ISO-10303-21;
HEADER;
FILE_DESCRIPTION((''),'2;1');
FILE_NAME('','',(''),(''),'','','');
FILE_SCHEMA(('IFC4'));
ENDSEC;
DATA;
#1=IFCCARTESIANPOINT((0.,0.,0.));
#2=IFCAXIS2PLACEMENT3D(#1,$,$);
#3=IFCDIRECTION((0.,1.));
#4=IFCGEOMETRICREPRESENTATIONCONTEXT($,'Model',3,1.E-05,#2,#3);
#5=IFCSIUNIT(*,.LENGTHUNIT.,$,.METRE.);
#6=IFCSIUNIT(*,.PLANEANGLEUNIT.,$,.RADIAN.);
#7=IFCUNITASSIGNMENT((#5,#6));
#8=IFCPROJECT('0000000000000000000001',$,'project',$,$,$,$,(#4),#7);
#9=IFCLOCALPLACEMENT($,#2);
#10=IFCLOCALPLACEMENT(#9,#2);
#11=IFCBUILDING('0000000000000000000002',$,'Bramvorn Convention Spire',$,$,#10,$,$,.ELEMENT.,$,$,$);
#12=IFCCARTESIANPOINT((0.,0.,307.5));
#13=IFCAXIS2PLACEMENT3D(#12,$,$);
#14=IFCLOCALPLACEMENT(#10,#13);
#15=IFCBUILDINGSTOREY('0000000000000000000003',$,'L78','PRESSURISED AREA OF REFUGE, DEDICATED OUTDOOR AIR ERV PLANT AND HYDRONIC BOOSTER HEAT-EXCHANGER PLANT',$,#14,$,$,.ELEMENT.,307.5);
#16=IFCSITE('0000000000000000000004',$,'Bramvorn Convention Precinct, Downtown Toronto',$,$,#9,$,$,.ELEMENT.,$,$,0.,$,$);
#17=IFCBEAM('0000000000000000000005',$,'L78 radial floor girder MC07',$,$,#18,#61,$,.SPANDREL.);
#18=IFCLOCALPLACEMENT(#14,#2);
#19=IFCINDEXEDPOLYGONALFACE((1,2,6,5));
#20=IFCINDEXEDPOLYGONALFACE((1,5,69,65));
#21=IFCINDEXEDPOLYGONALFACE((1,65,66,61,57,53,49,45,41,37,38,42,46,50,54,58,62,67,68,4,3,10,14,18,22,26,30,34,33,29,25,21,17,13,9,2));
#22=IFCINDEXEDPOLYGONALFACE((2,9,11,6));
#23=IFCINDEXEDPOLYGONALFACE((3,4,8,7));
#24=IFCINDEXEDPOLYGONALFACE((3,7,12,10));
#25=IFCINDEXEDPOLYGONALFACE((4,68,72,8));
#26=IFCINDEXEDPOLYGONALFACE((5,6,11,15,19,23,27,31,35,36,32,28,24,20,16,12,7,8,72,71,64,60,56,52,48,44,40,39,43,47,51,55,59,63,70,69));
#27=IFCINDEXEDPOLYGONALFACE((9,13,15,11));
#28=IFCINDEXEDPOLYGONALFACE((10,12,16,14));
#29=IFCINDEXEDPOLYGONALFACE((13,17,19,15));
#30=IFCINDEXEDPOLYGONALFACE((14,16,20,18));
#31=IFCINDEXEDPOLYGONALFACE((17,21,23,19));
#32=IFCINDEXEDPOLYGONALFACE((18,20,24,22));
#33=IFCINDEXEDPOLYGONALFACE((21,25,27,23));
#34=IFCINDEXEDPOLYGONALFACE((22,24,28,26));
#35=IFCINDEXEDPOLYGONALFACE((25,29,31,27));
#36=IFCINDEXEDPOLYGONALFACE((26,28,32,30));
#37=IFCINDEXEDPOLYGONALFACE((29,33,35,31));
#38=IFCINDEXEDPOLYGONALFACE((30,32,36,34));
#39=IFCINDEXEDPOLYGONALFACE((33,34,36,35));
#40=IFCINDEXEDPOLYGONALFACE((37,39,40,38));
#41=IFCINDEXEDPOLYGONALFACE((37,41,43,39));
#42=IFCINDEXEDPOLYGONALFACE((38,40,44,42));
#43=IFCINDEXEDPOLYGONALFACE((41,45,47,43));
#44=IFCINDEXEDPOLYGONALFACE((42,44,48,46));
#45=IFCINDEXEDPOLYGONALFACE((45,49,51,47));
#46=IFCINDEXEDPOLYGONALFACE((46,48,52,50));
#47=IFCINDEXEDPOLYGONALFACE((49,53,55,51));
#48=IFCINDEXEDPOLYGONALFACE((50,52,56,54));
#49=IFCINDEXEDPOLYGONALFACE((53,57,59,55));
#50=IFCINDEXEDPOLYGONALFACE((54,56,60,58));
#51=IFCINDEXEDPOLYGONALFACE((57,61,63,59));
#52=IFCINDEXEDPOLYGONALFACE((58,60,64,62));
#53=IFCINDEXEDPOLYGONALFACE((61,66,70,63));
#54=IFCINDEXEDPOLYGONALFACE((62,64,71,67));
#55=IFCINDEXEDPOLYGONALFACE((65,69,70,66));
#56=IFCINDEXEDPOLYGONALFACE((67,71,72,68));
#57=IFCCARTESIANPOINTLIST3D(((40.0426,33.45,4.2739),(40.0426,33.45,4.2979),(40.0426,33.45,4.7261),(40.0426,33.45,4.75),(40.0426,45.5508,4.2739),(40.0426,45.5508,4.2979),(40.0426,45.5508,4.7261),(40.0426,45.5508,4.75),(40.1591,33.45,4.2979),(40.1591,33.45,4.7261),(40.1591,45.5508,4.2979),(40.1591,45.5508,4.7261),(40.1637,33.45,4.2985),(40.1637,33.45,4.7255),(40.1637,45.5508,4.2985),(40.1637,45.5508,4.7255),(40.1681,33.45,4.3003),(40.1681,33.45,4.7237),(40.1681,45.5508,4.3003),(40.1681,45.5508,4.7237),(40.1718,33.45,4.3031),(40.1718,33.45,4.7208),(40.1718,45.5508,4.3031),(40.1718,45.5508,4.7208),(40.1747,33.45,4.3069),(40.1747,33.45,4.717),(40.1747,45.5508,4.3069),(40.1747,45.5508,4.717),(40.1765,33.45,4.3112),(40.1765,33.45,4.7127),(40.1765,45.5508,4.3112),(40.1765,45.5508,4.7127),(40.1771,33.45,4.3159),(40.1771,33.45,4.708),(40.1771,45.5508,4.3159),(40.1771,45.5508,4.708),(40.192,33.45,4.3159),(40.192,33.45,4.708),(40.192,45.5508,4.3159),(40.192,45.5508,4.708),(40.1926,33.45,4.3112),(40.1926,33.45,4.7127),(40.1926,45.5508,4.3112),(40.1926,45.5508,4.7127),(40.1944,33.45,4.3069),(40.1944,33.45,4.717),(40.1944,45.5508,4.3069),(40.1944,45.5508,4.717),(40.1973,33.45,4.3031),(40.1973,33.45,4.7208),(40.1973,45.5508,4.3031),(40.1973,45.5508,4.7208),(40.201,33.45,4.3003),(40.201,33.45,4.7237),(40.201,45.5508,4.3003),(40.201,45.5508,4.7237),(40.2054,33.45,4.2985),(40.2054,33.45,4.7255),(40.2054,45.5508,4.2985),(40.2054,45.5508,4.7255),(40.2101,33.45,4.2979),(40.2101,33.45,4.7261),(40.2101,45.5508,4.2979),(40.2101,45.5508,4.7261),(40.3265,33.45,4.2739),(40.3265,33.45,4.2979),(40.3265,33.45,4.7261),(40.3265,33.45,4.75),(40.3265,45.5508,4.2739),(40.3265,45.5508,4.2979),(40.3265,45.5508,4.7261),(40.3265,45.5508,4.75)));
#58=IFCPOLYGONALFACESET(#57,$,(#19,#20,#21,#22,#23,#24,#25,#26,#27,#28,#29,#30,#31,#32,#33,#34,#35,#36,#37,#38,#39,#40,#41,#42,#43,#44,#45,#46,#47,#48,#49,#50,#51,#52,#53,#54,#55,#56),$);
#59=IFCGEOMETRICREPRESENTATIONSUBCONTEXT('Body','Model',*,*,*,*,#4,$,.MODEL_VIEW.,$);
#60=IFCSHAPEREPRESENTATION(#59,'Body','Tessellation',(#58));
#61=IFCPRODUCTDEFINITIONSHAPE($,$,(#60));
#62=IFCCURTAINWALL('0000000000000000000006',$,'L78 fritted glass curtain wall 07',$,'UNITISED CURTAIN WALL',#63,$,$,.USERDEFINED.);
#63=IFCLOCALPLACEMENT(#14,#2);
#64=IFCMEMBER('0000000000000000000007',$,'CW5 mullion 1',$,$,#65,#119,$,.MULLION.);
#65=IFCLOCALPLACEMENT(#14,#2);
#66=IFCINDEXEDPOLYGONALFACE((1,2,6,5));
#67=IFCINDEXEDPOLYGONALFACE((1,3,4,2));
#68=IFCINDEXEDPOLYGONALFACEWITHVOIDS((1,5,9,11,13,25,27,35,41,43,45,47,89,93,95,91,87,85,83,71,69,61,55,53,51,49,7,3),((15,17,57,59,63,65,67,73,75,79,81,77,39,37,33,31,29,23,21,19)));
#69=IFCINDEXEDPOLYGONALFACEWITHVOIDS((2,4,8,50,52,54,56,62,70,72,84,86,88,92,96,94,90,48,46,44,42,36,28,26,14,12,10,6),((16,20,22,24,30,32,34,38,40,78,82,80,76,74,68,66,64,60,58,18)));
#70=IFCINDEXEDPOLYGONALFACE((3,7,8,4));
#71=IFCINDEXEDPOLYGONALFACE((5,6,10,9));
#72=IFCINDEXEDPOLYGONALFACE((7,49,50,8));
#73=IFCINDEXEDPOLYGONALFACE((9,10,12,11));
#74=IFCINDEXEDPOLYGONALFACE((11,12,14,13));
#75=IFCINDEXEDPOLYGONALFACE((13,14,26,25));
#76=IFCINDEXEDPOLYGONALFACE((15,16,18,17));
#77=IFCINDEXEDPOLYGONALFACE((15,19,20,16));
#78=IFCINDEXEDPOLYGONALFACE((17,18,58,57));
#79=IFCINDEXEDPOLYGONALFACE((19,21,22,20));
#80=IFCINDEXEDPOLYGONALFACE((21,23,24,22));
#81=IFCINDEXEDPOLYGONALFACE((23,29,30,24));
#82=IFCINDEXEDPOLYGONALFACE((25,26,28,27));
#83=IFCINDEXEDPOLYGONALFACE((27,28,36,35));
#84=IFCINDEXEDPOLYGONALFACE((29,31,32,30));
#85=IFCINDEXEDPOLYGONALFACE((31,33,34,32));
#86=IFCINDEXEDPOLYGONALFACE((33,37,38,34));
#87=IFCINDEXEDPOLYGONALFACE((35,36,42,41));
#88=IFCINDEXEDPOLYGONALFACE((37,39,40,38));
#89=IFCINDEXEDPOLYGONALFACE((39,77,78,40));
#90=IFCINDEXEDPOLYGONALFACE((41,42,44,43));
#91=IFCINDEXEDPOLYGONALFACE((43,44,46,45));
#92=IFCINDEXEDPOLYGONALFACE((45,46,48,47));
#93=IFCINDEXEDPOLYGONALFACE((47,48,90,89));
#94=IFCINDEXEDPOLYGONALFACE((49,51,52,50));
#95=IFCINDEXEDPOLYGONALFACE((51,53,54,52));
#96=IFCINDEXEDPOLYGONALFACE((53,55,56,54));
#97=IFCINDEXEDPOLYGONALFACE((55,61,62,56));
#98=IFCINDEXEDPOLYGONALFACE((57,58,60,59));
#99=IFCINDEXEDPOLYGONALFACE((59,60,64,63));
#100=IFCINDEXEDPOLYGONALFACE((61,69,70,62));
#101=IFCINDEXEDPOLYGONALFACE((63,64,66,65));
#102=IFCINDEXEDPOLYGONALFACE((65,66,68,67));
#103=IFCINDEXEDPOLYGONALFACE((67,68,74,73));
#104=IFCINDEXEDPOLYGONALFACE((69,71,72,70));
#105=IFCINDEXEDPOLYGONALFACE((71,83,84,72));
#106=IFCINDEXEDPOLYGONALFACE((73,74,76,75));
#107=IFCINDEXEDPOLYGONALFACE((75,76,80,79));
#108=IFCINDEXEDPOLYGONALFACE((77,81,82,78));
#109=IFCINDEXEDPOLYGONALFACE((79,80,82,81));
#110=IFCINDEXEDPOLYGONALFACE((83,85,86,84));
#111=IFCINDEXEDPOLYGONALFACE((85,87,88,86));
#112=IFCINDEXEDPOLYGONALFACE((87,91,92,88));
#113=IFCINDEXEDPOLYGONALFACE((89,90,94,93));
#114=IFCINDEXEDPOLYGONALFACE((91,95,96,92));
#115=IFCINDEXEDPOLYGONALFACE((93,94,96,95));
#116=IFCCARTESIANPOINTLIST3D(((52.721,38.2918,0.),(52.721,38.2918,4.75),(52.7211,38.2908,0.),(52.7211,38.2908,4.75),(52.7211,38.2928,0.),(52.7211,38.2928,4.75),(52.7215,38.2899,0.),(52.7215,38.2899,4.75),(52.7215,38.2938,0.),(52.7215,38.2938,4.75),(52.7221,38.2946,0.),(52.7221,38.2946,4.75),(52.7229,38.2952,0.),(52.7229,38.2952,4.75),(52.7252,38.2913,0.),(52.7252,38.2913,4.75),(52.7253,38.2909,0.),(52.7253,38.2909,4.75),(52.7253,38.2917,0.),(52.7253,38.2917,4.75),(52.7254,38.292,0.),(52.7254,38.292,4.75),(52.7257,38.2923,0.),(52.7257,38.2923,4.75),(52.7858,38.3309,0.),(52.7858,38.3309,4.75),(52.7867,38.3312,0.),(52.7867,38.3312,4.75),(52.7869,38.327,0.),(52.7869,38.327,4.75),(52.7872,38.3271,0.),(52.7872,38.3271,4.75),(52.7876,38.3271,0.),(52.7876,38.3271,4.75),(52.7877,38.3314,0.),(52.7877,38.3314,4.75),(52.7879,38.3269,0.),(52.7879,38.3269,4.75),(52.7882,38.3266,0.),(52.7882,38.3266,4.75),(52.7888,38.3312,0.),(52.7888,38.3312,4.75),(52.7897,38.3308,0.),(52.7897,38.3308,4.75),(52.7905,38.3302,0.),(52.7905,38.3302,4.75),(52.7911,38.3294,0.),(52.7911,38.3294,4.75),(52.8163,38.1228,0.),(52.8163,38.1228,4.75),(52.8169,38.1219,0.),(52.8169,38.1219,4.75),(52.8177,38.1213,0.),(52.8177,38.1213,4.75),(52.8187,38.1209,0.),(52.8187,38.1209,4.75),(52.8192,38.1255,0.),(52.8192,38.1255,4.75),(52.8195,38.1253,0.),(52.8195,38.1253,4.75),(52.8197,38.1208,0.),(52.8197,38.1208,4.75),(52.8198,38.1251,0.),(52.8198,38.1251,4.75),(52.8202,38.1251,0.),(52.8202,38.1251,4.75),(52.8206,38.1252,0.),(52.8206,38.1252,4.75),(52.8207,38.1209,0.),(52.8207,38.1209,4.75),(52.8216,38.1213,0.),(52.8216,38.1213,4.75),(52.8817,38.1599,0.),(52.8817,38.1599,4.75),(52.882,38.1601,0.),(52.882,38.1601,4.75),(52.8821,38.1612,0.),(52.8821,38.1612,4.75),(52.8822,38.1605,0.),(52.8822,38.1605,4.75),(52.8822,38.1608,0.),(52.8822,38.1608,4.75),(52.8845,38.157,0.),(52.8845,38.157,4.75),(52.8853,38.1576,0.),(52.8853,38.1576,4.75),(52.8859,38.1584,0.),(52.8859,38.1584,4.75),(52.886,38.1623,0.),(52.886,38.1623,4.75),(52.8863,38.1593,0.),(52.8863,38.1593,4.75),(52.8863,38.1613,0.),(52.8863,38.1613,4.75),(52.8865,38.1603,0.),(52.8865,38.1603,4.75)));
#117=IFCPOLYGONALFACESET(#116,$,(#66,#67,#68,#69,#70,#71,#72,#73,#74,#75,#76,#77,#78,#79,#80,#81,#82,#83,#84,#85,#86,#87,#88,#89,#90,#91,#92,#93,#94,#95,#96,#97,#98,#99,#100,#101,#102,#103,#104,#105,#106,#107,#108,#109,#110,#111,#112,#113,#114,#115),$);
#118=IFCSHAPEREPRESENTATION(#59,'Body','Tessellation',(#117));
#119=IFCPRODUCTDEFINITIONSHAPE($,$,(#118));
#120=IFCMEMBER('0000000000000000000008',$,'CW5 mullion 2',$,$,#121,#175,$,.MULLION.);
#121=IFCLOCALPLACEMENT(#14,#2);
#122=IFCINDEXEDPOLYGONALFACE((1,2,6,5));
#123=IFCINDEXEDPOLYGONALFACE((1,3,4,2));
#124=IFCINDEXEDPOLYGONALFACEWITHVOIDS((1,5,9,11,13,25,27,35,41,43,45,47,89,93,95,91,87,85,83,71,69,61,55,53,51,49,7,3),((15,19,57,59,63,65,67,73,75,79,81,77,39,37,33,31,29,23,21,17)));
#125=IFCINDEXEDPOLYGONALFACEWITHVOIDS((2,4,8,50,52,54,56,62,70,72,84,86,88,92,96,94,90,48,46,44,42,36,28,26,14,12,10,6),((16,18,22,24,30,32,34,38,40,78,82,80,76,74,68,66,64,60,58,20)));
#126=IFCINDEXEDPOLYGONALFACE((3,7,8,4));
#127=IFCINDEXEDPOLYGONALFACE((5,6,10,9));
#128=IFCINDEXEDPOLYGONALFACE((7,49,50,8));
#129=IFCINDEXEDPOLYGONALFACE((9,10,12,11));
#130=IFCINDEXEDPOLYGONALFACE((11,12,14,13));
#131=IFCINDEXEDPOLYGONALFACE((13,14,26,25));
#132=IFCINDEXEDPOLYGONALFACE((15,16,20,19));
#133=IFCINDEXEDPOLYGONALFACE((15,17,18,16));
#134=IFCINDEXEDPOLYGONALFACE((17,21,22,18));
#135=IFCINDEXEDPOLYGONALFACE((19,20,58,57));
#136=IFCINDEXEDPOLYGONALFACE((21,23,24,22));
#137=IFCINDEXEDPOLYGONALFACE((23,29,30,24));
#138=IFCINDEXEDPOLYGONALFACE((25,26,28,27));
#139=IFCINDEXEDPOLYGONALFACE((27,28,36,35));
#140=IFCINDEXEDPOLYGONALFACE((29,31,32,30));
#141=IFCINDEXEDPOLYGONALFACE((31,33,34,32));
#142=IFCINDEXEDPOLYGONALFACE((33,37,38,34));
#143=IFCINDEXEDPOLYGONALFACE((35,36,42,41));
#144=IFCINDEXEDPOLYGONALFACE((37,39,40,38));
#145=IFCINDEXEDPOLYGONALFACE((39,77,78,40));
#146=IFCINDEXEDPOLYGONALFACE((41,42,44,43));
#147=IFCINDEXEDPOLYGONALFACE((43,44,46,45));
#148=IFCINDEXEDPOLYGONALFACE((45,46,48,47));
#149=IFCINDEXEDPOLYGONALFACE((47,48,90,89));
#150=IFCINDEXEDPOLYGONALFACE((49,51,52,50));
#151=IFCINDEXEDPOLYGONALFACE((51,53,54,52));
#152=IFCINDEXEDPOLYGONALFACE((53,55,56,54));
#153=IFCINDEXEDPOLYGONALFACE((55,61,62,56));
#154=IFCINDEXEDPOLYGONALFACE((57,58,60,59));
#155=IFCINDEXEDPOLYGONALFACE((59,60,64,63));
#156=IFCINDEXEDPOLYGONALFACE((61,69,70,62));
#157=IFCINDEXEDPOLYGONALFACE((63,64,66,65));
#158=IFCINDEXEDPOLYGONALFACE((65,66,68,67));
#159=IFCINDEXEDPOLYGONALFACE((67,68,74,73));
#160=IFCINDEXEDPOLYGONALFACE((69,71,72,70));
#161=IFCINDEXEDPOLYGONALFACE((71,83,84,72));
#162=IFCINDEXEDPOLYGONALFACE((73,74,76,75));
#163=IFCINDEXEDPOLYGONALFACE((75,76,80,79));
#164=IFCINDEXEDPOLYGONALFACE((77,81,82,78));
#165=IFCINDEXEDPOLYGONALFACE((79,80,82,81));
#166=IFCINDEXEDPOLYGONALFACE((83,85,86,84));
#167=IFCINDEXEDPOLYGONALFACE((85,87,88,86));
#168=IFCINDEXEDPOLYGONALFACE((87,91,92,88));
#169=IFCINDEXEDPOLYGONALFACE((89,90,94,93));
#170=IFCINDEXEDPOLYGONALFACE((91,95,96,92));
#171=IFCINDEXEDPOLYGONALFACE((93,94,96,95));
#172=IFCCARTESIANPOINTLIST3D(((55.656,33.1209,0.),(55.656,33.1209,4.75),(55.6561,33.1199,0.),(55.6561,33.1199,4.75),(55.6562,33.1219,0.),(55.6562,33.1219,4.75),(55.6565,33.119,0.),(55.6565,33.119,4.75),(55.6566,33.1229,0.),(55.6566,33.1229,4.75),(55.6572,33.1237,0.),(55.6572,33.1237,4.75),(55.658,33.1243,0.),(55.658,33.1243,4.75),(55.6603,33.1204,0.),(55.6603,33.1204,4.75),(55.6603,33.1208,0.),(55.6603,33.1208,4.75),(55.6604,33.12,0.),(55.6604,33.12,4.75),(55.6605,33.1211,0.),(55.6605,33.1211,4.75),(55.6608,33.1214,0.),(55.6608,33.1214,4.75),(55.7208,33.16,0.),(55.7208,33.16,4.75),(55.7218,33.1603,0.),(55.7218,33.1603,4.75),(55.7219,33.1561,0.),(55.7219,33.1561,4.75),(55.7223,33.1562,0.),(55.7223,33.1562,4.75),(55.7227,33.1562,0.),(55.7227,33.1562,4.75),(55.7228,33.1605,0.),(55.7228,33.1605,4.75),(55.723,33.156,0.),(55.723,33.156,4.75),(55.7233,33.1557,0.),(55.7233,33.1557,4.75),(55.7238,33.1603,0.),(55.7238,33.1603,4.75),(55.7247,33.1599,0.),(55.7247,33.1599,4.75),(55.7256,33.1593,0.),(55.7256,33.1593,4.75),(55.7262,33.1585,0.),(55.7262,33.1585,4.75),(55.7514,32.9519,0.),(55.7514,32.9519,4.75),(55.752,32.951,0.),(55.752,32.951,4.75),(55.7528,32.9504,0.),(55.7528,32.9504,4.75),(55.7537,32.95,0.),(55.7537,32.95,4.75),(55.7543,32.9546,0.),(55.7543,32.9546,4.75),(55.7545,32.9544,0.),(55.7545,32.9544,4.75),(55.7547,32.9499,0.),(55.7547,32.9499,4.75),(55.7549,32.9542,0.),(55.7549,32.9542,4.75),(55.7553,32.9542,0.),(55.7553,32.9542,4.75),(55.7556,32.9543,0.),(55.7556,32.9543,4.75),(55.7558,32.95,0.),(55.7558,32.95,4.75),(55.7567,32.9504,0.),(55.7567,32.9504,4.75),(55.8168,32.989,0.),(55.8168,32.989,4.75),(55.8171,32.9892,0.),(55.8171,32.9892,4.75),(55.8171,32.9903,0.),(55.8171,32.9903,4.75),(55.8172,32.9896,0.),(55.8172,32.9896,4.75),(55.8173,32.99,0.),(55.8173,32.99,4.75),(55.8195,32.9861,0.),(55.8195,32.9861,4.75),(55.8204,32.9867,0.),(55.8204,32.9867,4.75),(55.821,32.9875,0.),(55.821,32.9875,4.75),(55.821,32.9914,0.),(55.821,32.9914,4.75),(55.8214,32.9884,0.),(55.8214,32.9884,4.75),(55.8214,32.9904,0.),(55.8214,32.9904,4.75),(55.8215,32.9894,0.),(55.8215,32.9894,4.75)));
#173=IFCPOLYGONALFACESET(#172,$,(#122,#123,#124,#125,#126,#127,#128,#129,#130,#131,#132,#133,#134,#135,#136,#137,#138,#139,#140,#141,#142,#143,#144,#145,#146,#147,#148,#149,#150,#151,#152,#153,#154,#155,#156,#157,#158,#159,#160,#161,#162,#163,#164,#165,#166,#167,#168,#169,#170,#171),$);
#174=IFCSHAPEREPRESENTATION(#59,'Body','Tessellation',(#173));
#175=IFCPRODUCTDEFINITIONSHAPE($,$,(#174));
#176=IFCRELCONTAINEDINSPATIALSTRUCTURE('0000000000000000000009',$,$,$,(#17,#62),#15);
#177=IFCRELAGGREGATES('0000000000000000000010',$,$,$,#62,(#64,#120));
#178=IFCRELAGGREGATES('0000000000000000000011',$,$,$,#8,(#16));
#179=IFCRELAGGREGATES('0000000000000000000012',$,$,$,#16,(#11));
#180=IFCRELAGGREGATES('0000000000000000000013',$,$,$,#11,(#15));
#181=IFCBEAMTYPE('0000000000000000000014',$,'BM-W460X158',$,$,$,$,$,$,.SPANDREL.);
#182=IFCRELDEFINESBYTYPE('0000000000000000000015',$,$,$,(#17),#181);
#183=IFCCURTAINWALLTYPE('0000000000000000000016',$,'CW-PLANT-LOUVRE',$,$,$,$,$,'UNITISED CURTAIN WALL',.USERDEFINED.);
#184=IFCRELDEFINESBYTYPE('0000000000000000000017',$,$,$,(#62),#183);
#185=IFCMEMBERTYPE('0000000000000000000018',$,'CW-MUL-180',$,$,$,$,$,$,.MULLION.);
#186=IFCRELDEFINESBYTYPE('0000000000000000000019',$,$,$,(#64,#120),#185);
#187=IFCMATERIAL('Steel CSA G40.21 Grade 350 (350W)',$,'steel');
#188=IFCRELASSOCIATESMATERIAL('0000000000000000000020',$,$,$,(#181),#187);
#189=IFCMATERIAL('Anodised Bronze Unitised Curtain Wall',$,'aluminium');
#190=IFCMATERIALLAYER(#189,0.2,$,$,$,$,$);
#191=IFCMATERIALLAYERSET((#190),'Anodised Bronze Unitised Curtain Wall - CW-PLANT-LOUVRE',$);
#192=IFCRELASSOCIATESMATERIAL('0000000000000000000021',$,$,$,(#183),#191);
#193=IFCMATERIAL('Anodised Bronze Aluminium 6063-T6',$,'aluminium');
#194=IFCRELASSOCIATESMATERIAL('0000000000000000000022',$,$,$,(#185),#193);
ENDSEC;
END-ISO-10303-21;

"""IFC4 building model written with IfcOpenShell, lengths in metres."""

from ifc_helpers import new_model, si_unit, direction, frame, origin, origin_2d, place, context, subcontext, project, spatial, hollow_rectangle, i_section, extrude, material, layer, layer_set, material_profile, profile_set, type_object, element, aggregate, save


model = new_model("IFC4")

# Units and contexts
model_context = context("Model", 3, precision=1e-05, world=origin(), true_north=direction((0.0, 1.0)))
body_context = subcontext(model_context, "Body", "Model", "MODEL_VIEW")
ifc_project = project(units=[si_unit("LENGTHUNIT", "METRE"), si_unit("PLANEANGLEUNIT", "RADIAN")], contexts=[model_context])

# Site, building, storey
site_placement = place(None, origin())
site = spatial("IfcSite", under=ifc_project, at=site_placement, Name="Bramvorn Convention Precinct, Downtown Toronto", CompositionType="ELEMENT", RefElevation=0.0)
building_placement = place(site_placement, origin())
building = spatial("IfcBuilding", under=site, at=building_placement, Name="Bramvorn Convention Spire", CompositionType="ELEMENT")
storey_placement = place(building_placement, frame((0.0, 0.0, 307.5)))
storey = spatial("IfcBuildingStorey", under=building, at=storey_placement, Name="L78", Description="PRESSURISED AREA OF REFUGE, DEDICATED OUTDOOR AIR ERV PLANT AND HYDRONIC BOOSTER HEAT-EXCHANGER PLANT", CompositionType="ELEMENT", Elevation=307.5)

# Shared definitions
ifc_material_1 = material(Name="Steel CSA G40.21 Grade 350 (350W)", Category="steel")

# Beam
ifc_material_profile_1 = material_profile(ifc_material_1, i_section(OverallWidth=0.2839, OverallDepth=0.4761, WebThickness=0.0149, FlangeThickness=0.0239, FilletRadius=0.0181, at=origin_2d()))
ifc_profile_set_1 = profile_set([ifc_material_profile_1], Name="Steel CSA G40.21 Grade 350 (350W) - W460X158")
beam_type_1 = type_object("IfcBeamType", Name="BM-W460X158", PredefinedType="SPANDREL", material=ifc_profile_set_1)
beam_1_placement = place(storey_placement, frame((40.1846, 33.45, 4.512), z_axis=(0.0, 1.0, 0.0), x_axis=(-1.0, 0.0, 0.0)))
element("IfcBeam", 1, at=beam_1_placement, inside=storey, type_object=beam_type_1, Name="L78 radial floor girder MC07", PredefinedType="SPANDREL", context=body_context, shape_type="SweptSolid", body=[
    extrude(i_section(OverallWidth=0.2839, OverallDepth=0.4761, WebThickness=0.0149, FlangeThickness=0.0239, FilletRadius=0.0181, at=origin_2d()), origin(), (0.0, 0.0, 1.0), 12.1008),
])

# Curtain wall, members
ifc_material_2 = material(Name="Anodised Bronze Unitised Curtain Wall", Category="aluminium")
ifc_layer_1 = layer(ifc_material_2, 0.2)
ifc_layer_set_1 = layer_set([ifc_layer_1], Name="Anodised Bronze Unitised Curtain Wall - CW-PLANT-LOUVRE")
curtain_wall_type = type_object("IfcCurtainWallType", Name="CW-PLANT-LOUVRE", ElementType="UNITISED CURTAIN WALL", PredefinedType="USERDEFINED", material=ifc_layer_set_1)
curtain_wall_1_placement = place(storey_placement, origin())
curtain_wall_1 = element("IfcCurtainWall", 2, at=curtain_wall_1_placement, inside=storey, type_object=curtain_wall_type, Name="L78 fritted glass curtain wall 07", ObjectType="UNITISED CURTAIN WALL", PredefinedType="USERDEFINED")
ifc_material_3 = material(Name="Anodised Bronze Aluminium 6063-T6", Category="aluminium")
ifc_material_profile_2 = material_profile(ifc_material_3, hollow_rectangle(XDim=0.0801, YDim=0.2, WallThickness=0.0039, InnerFilletRadius=0.001, OuterFilletRadius=0.0039, at=origin_2d()))
ifc_profile_set_2 = profile_set([ifc_material_profile_2], Name="Anodised Bronze Aluminium 6063-T6 - CWM80X200")
member_type_1 = type_object("IfcMemberType", Name="CW-MUL-180", PredefinedType="MULLION", material=ifc_profile_set_2)
member_1_placement = place(storey_placement, frame((52.8037, 38.2261, 0.0), z_axis=(0.0, 0.0, 1.0), x_axis=(0.869676, 0.493623, 0.0)))
member_1 = element("IfcMember", 3, at=member_1_placement, type_object=member_type_1, Name="CW5 mullion 1", PredefinedType="MULLION", context=body_context, shape_type="SweptSolid", body=[
    extrude(hollow_rectangle(XDim=0.0801, YDim=0.2, WallThickness=0.0039, InnerFilletRadius=0.001, OuterFilletRadius=0.0039, at=origin_2d()), origin(), (0.0, 0.0, 1.0), 4.75),
])
member_2_placement = place(storey_placement, frame((55.7388, 33.0552, 0.0), z_axis=(0.0, 0.0, 1.0), x_axis=(0.869676, 0.493623, 0.0)))
member_2 = element("IfcMember", 4, at=member_2_placement, type_object=member_type_1, Name="CW5 mullion 2", PredefinedType="MULLION", context=body_context, shape_type="SweptSolid", body=[
    extrude(hollow_rectangle(XDim=0.0801, YDim=0.2, WallThickness=0.0039, InnerFilletRadius=0.001, OuterFilletRadius=0.0039, at=origin_2d()), origin(), (0.0, 0.0, 1.0), 4.75),
])

aggregate(curtain_wall_1, [member_1, member_2])

save(model, "model.ifc")
